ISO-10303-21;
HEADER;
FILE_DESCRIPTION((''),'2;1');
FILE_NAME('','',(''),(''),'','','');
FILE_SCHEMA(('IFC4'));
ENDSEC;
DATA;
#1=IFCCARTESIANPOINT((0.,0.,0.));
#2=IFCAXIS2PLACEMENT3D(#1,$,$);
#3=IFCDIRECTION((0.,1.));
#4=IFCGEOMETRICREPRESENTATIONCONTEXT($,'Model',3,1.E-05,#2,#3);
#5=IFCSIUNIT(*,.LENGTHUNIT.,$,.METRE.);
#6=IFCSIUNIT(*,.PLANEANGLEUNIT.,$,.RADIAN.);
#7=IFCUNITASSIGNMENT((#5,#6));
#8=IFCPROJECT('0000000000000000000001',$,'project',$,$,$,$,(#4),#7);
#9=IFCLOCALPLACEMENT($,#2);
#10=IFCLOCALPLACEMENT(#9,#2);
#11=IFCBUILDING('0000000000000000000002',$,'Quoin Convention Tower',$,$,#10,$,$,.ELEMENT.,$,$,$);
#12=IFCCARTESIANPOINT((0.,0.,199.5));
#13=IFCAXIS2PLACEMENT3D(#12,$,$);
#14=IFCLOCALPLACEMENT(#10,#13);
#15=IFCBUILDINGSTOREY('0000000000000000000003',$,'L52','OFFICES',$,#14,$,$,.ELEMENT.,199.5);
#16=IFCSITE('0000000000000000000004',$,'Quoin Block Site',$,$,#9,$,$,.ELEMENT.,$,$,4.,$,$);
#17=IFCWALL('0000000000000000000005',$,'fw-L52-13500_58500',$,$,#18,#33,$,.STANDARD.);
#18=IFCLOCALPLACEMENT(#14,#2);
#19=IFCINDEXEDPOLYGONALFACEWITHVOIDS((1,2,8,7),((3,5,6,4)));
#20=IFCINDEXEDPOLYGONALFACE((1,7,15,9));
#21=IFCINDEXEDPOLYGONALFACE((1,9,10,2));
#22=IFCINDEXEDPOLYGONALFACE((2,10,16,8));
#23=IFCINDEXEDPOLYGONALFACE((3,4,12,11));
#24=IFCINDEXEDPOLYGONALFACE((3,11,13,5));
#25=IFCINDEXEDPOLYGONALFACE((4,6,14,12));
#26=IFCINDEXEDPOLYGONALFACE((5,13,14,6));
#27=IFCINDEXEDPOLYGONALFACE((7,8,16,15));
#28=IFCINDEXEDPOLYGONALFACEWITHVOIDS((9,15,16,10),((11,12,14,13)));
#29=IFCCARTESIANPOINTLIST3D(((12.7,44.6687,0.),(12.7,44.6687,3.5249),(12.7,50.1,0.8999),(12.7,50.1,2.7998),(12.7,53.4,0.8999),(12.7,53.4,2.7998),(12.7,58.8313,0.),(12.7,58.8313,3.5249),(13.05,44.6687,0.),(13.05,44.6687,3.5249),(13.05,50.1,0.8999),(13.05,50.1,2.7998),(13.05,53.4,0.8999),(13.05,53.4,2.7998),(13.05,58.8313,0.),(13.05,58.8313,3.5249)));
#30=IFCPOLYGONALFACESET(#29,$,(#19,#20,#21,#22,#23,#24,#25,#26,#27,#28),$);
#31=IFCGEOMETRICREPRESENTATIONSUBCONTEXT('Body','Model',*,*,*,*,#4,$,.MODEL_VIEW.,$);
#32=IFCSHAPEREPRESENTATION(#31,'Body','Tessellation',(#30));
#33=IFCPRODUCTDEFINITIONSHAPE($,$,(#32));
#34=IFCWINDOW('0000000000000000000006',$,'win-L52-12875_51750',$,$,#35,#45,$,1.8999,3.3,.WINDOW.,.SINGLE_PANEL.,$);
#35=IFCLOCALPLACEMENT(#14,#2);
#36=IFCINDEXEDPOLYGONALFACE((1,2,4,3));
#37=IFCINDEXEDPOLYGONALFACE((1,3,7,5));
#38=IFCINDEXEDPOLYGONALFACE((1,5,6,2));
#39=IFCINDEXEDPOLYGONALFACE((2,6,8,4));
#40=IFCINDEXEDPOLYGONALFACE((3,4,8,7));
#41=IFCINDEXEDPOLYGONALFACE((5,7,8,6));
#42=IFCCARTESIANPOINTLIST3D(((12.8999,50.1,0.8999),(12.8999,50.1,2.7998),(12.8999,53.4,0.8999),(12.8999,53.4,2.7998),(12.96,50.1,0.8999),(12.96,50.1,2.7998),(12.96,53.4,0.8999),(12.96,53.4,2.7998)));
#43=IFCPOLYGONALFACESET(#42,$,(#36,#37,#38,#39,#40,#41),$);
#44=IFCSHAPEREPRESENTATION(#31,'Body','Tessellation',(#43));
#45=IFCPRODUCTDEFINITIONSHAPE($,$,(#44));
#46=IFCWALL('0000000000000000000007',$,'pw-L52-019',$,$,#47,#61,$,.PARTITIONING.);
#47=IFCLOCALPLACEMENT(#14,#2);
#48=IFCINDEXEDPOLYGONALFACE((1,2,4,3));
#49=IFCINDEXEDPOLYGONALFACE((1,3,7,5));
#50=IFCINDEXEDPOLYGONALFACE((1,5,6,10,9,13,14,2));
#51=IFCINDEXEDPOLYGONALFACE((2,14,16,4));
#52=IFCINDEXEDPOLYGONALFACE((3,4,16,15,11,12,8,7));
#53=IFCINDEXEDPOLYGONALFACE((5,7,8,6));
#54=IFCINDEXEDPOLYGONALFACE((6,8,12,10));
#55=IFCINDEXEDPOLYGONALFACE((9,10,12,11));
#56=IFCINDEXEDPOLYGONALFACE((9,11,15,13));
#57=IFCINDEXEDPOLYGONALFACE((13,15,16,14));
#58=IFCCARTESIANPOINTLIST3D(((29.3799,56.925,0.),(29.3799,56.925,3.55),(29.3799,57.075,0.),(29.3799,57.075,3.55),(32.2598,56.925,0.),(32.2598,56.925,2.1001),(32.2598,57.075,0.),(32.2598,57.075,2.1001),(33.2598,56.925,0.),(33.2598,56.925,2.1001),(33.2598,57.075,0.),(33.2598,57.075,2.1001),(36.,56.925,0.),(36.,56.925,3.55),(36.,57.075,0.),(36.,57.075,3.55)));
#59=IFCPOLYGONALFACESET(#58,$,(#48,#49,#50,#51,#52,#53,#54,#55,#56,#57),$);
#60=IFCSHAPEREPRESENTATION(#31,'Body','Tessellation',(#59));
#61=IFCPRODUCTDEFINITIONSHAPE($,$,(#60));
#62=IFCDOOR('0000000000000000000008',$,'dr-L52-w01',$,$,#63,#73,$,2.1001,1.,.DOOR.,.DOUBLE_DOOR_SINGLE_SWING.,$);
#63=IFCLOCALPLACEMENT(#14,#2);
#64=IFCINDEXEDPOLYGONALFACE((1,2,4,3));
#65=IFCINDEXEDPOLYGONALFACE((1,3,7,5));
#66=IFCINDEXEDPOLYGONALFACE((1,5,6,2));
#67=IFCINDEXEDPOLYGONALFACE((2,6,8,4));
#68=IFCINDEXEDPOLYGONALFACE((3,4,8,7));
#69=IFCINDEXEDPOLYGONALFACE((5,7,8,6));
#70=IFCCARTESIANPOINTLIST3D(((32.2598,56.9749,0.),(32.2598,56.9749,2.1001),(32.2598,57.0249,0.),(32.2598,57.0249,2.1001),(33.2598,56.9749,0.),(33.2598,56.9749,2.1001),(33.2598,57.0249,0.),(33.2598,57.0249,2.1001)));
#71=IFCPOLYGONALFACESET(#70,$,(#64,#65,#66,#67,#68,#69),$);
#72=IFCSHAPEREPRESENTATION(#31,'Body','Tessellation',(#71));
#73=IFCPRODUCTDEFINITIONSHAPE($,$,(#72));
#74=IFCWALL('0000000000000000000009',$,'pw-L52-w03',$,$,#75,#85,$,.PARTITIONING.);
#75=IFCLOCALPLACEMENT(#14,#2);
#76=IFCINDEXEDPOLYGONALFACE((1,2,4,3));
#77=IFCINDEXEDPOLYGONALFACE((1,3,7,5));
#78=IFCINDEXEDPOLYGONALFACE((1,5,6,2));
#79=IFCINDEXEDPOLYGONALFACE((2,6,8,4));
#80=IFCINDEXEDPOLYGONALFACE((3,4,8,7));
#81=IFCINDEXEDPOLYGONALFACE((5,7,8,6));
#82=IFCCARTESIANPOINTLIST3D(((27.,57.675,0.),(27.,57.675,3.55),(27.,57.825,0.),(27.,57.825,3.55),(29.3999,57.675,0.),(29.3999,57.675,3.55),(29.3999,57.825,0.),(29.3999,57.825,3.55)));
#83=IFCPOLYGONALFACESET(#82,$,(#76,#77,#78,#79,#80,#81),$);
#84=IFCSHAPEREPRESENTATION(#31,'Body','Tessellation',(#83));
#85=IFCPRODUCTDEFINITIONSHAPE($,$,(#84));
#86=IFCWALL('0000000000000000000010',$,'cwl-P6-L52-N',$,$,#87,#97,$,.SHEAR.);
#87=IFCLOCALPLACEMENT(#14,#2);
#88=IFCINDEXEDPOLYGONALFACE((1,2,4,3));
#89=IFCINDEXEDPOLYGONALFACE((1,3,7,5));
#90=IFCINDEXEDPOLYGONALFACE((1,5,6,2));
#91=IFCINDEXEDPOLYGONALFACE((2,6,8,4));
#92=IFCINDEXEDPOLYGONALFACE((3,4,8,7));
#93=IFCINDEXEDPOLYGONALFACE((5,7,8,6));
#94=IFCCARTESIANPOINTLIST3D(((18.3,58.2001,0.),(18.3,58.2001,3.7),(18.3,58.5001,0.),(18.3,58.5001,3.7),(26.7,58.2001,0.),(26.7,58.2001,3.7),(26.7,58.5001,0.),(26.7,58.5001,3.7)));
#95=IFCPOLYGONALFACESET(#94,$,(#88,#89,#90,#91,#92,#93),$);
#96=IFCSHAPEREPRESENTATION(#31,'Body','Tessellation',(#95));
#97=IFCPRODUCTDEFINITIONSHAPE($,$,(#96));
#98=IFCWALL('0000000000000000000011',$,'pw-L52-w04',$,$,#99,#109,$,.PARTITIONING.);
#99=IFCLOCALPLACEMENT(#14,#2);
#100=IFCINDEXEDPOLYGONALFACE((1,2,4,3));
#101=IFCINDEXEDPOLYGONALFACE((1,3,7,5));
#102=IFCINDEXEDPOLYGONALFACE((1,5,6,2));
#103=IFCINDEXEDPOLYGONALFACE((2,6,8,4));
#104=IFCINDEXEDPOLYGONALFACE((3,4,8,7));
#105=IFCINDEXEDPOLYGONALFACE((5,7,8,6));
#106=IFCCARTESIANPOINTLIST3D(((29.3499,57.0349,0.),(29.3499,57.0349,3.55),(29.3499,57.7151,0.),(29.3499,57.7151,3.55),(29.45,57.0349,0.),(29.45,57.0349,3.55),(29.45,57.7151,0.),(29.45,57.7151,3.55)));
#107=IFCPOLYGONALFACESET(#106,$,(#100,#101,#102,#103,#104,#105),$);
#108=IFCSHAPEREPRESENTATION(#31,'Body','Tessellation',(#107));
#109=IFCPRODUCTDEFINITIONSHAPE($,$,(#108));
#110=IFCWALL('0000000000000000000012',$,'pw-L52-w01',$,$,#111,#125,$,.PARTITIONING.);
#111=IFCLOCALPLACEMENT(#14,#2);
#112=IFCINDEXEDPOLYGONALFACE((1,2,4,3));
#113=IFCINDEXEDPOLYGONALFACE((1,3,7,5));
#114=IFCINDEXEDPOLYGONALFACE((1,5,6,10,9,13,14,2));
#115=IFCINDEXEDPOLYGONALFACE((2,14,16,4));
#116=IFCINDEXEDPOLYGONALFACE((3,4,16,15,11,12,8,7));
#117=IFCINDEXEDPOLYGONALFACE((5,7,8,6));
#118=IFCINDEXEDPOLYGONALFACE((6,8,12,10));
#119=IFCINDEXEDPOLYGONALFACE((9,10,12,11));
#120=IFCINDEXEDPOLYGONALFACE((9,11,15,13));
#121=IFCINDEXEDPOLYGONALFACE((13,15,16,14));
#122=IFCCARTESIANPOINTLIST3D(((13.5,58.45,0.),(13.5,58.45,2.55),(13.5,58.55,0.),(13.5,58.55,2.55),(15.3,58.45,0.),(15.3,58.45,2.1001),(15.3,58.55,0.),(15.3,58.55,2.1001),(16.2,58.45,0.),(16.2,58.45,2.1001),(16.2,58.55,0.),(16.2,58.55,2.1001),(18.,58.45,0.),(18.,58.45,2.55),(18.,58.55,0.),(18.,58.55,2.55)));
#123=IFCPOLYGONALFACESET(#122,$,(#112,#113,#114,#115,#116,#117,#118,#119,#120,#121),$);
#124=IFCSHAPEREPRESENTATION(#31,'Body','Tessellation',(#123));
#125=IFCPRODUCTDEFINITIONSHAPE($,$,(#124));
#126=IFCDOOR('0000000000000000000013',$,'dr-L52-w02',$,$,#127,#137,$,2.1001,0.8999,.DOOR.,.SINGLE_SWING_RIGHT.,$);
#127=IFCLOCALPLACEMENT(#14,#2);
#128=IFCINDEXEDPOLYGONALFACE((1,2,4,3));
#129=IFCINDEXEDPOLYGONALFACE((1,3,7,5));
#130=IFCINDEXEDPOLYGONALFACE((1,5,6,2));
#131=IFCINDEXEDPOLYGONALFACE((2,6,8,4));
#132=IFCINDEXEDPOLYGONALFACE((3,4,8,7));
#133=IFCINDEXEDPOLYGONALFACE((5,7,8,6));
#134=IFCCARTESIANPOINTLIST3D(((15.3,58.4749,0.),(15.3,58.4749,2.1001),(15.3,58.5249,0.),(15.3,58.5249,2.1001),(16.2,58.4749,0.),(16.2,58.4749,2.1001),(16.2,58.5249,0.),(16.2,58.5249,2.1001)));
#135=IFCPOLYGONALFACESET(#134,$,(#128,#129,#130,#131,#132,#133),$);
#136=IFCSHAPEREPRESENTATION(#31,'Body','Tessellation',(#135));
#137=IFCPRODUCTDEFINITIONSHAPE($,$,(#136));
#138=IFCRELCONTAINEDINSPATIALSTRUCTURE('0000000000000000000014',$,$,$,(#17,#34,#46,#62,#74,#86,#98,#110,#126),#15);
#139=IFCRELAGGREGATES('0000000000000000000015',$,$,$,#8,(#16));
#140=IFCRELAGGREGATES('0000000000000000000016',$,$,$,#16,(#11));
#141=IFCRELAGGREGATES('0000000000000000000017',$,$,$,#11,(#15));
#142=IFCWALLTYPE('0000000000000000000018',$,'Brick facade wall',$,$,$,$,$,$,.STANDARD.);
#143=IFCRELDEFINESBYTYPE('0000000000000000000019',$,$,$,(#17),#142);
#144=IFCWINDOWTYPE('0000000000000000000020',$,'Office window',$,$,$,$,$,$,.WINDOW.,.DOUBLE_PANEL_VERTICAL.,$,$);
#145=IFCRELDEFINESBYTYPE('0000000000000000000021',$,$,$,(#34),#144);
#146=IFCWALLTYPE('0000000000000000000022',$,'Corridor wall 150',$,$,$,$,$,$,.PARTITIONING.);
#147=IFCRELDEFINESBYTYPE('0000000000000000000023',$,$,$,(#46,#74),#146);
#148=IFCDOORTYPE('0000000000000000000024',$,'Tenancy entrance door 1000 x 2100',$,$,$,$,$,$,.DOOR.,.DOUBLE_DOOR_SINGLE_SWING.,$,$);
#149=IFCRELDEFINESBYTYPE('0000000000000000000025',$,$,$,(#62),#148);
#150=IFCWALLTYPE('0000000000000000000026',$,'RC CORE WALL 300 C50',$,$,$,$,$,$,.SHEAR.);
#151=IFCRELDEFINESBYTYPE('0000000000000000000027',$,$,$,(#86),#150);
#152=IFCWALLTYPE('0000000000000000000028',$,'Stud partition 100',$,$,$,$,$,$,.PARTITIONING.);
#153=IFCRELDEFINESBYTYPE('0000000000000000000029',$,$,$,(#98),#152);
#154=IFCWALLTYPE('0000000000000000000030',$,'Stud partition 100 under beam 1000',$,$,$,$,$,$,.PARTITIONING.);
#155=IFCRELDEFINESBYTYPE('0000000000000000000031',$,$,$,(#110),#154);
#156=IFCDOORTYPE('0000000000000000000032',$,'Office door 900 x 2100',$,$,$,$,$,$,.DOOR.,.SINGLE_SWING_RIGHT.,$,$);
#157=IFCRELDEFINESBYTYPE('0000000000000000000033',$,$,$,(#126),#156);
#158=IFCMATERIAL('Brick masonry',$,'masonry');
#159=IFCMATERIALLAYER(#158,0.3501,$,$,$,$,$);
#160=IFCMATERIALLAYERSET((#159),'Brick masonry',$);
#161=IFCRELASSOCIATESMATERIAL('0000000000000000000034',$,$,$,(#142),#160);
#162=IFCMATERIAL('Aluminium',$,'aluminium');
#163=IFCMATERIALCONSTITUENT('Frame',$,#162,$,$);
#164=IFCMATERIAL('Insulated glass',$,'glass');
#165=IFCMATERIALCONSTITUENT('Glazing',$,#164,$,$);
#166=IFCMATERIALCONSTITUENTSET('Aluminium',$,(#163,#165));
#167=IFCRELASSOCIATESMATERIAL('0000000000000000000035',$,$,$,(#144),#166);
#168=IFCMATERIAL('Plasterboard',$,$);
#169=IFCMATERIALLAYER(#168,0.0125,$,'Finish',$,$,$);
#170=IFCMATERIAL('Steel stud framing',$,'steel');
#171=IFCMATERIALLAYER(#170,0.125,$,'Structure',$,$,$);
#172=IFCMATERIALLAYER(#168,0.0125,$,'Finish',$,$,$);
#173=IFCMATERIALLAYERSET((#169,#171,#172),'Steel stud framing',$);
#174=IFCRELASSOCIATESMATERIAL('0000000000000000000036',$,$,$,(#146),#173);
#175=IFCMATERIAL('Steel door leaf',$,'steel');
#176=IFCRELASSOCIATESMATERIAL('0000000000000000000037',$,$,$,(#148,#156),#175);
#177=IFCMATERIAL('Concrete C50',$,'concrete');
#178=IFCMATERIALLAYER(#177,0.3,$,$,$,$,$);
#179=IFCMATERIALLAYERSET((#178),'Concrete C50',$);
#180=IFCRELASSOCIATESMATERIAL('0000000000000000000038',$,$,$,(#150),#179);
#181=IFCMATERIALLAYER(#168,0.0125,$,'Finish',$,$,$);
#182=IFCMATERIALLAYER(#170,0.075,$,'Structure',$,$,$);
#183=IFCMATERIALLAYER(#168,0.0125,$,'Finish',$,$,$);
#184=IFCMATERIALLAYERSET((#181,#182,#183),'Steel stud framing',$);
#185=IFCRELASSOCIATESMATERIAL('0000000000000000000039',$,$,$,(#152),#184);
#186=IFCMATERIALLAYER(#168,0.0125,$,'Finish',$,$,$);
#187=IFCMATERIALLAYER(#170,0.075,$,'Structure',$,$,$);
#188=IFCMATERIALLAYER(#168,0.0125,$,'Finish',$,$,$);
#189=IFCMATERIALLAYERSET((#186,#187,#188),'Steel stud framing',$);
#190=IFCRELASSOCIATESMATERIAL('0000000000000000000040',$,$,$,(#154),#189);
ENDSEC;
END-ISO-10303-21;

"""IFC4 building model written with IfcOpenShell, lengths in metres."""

from ifc_helpers import new_model, si_unit, direction, frame, frame_2d, origin, place, context, subcontext, project, spatial, rectangle, extrude, material, layer, layer_set, constituent, constituent_set, type_object, element, fill, save


model = new_model("IFC4")

# Units and contexts
model_context = context("Model", 3, precision=1e-05, world=origin(), true_north=direction((0.0, 1.0)))
body_context = subcontext(model_context, "Body", "Model", "MODEL_VIEW")
ifc_project = project(units=[si_unit("LENGTHUNIT", "METRE"), si_unit("PLANEANGLEUNIT", "RADIAN")], contexts=[model_context])

# Site, building, storey
site_placement = place(None, origin())
site = spatial("IfcSite", under=ifc_project, at=site_placement, Name="Quoin Block Site", CompositionType="ELEMENT", RefElevation=4.0)
building_placement = place(site_placement, origin())
building = spatial("IfcBuilding", under=site, at=building_placement, Name="Quoin Convention Tower", CompositionType="ELEMENT")
storey_placement = place(building_placement, frame((0.0, 0.0, 199.5)))
storey = spatial("IfcBuildingStorey", under=building, at=storey_placement, Name="L52", Description="OFFICES", CompositionType="ELEMENT", Elevation=199.5)

# Shared definitions
ifc_material_1 = material(Name="Concrete C50", Category="concrete")

# Wall, opening, window
ifc_material_2 = material(Name="Brick masonry", Category="masonry")
ifc_layer_1 = layer(ifc_material_2, 0.3501)
ifc_layer_set_1 = layer_set([ifc_layer_1], Name="Brick masonry")
wall_type_1 = type_object("IfcWallType", Name="Brick facade wall", PredefinedType="STANDARD", material=ifc_layer_set_1)
ifc_material_3 = material(Name="Aluminium", Category="aluminium")
ifc_constituent_1 = constituent(ifc_material_3, Name="Frame")
ifc_material_4 = material(Name="Insulated glass", Category="glass")
ifc_constituent_2 = constituent(ifc_material_4, Name="Glazing")
ifc_constituent_set = constituent_set(constituents=[ifc_constituent_1, ifc_constituent_2], Name="Aluminium")
window_type = type_object("IfcWindowType", Name="Office window", PartitioningType="DOUBLE_PANEL_VERTICAL", PredefinedType="WINDOW", material=ifc_constituent_set)
wall_1_placement = place(storey_placement, frame((12.875, 58.8313, 0.0), z_axis=(0.0, 0.0, 1.0), x_axis=(0.0, -1.0, 0.0)))
wall_1 = element("IfcWall", 1, at=wall_1_placement, inside=storey, type_object=wall_type_1, Name="fw-L52-13500_58500", PredefinedType="STANDARD", context=body_context, shape_type="SweptSolid", body=[
    extrude(rectangle(XDim=14.1626, YDim=0.3501, at=frame_2d((7.0813, 0.0))), origin(), (0.0, 0.0, 1.0), 3.5249),
])
opening_1_placement = place(wall_1_placement, frame((5.4314, 0.0, 0.8999)))
opening_1 = element("IfcOpeningElement", 2, at=opening_1_placement, cuts=wall_1, PredefinedType="OPENING", context=body_context, shape_type="SweptSolid", body=[
    extrude(rectangle(XDim=3.3, YDim=1.8999, at=frame_2d((1.6499, 0.95))), frame((0.0, 0.1851, 0.0), z_axis=(0.0, -1.0, 0.0), x_axis=(1.0, 0.0, 0.0)), (0.0, 0.0, 1.0), 0.3701),
])
window_1_placement = place(opening_1_placement, origin())
window_1 = element("IfcWindow", 3, at=window_1_placement, inside=storey, type_object=window_type, Name="win-L52-12875_51750", OverallHeight=1.8999, OverallWidth=3.3, PartitioningType="SINGLE_PANEL", PredefinedType="WINDOW", context=body_context, shape_type="SweptSolid", body=[
    extrude(rectangle(XDim=3.3, YDim=1.8999, at=frame_2d((1.6499, 0.95))), frame((0.0, 0.085, 0.0), z_axis=(0.0, -1.0, 0.0), x_axis=(1.0, 0.0, 0.0)), (0.0, 0.0, 1.0), 0.0601),
])
fill(opening_1, window_1)

# Wall, opening, door
ifc_material_5 = material(Name="Plasterboard")
ifc_layer_2 = layer(ifc_material_5, 0.0125, Name="Finish")
ifc_material_6 = material(Name="Steel stud framing", Category="steel")
ifc_layer_3 = layer(ifc_material_6, 0.125, Name="Structure")
ifc_layer_4 = layer(ifc_material_5, 0.0125, Name="Finish")
ifc_layer_set_2 = layer_set([ifc_layer_2, ifc_layer_3, ifc_layer_4], Name="Steel stud framing")
wall_type_2 = type_object("IfcWallType", Name="Corridor wall 150", PredefinedType="PARTITIONING", material=ifc_layer_set_2)
wall_2_placement = place(storey_placement, frame((29.3799, 57.0, 0.0), z_axis=(0.0, 0.0, 1.0), x_axis=(1.0, 0.0, 0.0)))
wall_2 = element("IfcWall", 4, at=wall_2_placement, inside=storey, type_object=wall_type_2, Name="pw-L52-019", PredefinedType="PARTITIONING", context=body_context, shape_type="SweptSolid", body=[
    extrude(rectangle(XDim=6.6201, YDim=0.1499, at=frame_2d((3.3101, 0.0))), origin(), (0.0, 0.0, 1.0), 3.55),
])
opening_2_placement = place(wall_2_placement, frame((2.8799, 0.0, 0.0)))
opening_2 = element("IfcOpeningElement", 5, at=opening_2_placement, cuts=wall_2, PredefinedType="OPENING", context=body_context, shape_type="SweptSolid", body=[
    extrude(rectangle(XDim=1.0, YDim=2.1001, at=frame_2d((0.5, 1.05))), frame((0.0, 0.085, 0.0), z_axis=(0.0, -1.0, 0.0), x_axis=(1.0, 0.0, 0.0)), (0.0, 0.0, 1.0), 0.1699),
])
ifc_material_7 = material(Name="Steel door leaf", Category="steel")
door_type_1 = type_object("IfcDoorType", Name="Tenancy entrance door 1000 x 2100", OperationType="DOUBLE_DOOR_SINGLE_SWING", PredefinedType="DOOR", material=ifc_material_7)
door_1_placement = place(opening_2_placement, origin())
door_1 = element("IfcDoor", 6, at=door_1_placement, inside=storey, type_object=door_type_1, Name="dr-L52-w01", OperationType="DOUBLE_DOOR_SINGLE_SWING", OverallHeight=2.1001, OverallWidth=1.0, PredefinedType="DOOR", context=body_context, shape_type="SweptSolid", body=[
    extrude(rectangle(XDim=1.0, YDim=2.1001, at=frame_2d((0.5, 1.05))), frame((0.0, 0.0249, 0.0), z_axis=(0.0, -1.0, 0.0), x_axis=(1.0, 0.0, 0.0)), (0.0, 0.0, 1.0), 0.05),
])
fill(opening_2, door_1)

# Walls
wall_3_placement = place(storey_placement, frame((27.0, 57.75, 0.0), z_axis=(0.0, 0.0, 1.0), x_axis=(1.0, 0.0, 0.0)))
element("IfcWall", 7, at=wall_3_placement, inside=storey, type_object=wall_type_2, Name="pw-L52-w03", PredefinedType="PARTITIONING", context=body_context, shape_type="SweptSolid", body=[
    extrude(rectangle(XDim=2.3999, YDim=0.1499, at=frame_2d((1.2, 0.0))), origin(), (0.0, 0.0, 1.0), 3.55),
])
ifc_layer_5 = layer(ifc_material_1, 0.3)
ifc_layer_set_3 = layer_set([ifc_layer_5], Name="Concrete C50")
wall_type_3 = type_object("IfcWallType", Name="RC CORE WALL 300 C50", PredefinedType="SHEAR", material=ifc_layer_set_3)
wall_4_placement = place(storey_placement, frame((18.3, 58.3501, 0.0), z_axis=(0.0, 0.0, 1.0), x_axis=(1.0, 0.0, 0.0)))
element("IfcWall", 8, at=wall_4_placement, inside=storey, type_object=wall_type_3, Name="cwl-P6-L52-N", PredefinedType="SHEAR", context=body_context, shape_type="SweptSolid", body=[
    extrude(rectangle(XDim=8.3999, YDim=0.3, at=frame_2d((4.2, 0.0))), origin(), (0.0, 0.0, 1.0), 3.7),
])
ifc_layer_6 = layer(ifc_material_5, 0.0125, Name="Finish")
ifc_layer_7 = layer(ifc_material_6, 0.075, Name="Structure")
ifc_layer_8 = layer(ifc_material_5, 0.0125, Name="Finish")
ifc_layer_set_4 = layer_set([ifc_layer_6, ifc_layer_7, ifc_layer_8], Name="Steel stud framing")
wall_type_4 = type_object("IfcWallType", Name="Stud partition 100", PredefinedType="PARTITIONING", material=ifc_layer_set_4)
wall_5_placement = place(storey_placement, frame((29.3999, 57.7151, 0.0), z_axis=(0.0, 0.0, 1.0), x_axis=(0.0, -1.0, 0.0)))
element("IfcWall", 9, at=wall_5_placement, inside=storey, type_object=wall_type_4, Name="pw-L52-w04", PredefinedType="PARTITIONING", context=body_context, shape_type="SweptSolid", body=[
    extrude(rectangle(XDim=0.6802, YDim=0.1001, at=frame_2d((0.3401, 0.0))), origin(), (0.0, 0.0, 1.0), 3.55),
])

# Wall, opening, door
ifc_layer_9 = layer(ifc_material_5, 0.0125, Name="Finish")
ifc_layer_10 = layer(ifc_material_6, 0.075, Name="Structure")
ifc_layer_11 = layer(ifc_material_5, 0.0125, Name="Finish")
ifc_layer_set_5 = layer_set([ifc_layer_9, ifc_layer_10, ifc_layer_11], Name="Steel stud framing")
wall_type_5 = type_object("IfcWallType", Name="Stud partition 100 under beam 1000", PredefinedType="PARTITIONING", material=ifc_layer_set_5)
wall_6_placement = place(storey_placement, frame((13.5, 58.5, 0.0), z_axis=(0.0, 0.0, 1.0), x_axis=(1.0, 0.0, 0.0)))
wall_6 = element("IfcWall", 10, at=wall_6_placement, inside=storey, type_object=wall_type_5, Name="pw-L52-w01", PredefinedType="PARTITIONING", context=body_context, shape_type="SweptSolid", body=[
    extrude(rectangle(XDim=4.5, YDim=0.1001, at=frame_2d((2.25, 0.0))), origin(), (0.0, 0.0, 1.0), 2.55),
])
opening_3_placement = place(wall_6_placement, frame((1.8, 0.0, 0.0)))
opening_3 = element("IfcOpeningElement", 11, at=opening_3_placement, cuts=wall_6, PredefinedType="OPENING", context=body_context, shape_type="SweptSolid", body=[
    extrude(rectangle(XDim=0.8999, YDim=2.1001, at=frame_2d((0.45, 1.05))), frame((0.0, 0.0601, 0.0), z_axis=(0.0, -1.0, 0.0), x_axis=(1.0, 0.0, 0.0)), (0.0, 0.0, 1.0), 0.1201),
])
door_type_2 = type_object("IfcDoorType", Name="Office door 900 x 2100", OperationType="SINGLE_SWING_RIGHT", PredefinedType="DOOR", material=ifc_material_7)
door_2_placement = place(opening_3_placement, origin())
door_2 = element("IfcDoor", 12, at=door_2_placement, inside=storey, type_object=door_type_2, Name="dr-L52-w02", OperationType="SINGLE_SWING_RIGHT", OverallHeight=2.1001, OverallWidth=0.8999, PredefinedType="DOOR", context=body_context, shape_type="SweptSolid", body=[
    extrude(rectangle(XDim=0.8999, YDim=2.1001, at=frame_2d((0.45, 1.05))), frame((0.0, 0.0249, 0.0), z_axis=(0.0, -1.0, 0.0), x_axis=(1.0, 0.0, 0.0)), (0.0, 0.0, 1.0), 0.05),
])
fill(opening_3, door_2)

save(model, "model.ifc")
